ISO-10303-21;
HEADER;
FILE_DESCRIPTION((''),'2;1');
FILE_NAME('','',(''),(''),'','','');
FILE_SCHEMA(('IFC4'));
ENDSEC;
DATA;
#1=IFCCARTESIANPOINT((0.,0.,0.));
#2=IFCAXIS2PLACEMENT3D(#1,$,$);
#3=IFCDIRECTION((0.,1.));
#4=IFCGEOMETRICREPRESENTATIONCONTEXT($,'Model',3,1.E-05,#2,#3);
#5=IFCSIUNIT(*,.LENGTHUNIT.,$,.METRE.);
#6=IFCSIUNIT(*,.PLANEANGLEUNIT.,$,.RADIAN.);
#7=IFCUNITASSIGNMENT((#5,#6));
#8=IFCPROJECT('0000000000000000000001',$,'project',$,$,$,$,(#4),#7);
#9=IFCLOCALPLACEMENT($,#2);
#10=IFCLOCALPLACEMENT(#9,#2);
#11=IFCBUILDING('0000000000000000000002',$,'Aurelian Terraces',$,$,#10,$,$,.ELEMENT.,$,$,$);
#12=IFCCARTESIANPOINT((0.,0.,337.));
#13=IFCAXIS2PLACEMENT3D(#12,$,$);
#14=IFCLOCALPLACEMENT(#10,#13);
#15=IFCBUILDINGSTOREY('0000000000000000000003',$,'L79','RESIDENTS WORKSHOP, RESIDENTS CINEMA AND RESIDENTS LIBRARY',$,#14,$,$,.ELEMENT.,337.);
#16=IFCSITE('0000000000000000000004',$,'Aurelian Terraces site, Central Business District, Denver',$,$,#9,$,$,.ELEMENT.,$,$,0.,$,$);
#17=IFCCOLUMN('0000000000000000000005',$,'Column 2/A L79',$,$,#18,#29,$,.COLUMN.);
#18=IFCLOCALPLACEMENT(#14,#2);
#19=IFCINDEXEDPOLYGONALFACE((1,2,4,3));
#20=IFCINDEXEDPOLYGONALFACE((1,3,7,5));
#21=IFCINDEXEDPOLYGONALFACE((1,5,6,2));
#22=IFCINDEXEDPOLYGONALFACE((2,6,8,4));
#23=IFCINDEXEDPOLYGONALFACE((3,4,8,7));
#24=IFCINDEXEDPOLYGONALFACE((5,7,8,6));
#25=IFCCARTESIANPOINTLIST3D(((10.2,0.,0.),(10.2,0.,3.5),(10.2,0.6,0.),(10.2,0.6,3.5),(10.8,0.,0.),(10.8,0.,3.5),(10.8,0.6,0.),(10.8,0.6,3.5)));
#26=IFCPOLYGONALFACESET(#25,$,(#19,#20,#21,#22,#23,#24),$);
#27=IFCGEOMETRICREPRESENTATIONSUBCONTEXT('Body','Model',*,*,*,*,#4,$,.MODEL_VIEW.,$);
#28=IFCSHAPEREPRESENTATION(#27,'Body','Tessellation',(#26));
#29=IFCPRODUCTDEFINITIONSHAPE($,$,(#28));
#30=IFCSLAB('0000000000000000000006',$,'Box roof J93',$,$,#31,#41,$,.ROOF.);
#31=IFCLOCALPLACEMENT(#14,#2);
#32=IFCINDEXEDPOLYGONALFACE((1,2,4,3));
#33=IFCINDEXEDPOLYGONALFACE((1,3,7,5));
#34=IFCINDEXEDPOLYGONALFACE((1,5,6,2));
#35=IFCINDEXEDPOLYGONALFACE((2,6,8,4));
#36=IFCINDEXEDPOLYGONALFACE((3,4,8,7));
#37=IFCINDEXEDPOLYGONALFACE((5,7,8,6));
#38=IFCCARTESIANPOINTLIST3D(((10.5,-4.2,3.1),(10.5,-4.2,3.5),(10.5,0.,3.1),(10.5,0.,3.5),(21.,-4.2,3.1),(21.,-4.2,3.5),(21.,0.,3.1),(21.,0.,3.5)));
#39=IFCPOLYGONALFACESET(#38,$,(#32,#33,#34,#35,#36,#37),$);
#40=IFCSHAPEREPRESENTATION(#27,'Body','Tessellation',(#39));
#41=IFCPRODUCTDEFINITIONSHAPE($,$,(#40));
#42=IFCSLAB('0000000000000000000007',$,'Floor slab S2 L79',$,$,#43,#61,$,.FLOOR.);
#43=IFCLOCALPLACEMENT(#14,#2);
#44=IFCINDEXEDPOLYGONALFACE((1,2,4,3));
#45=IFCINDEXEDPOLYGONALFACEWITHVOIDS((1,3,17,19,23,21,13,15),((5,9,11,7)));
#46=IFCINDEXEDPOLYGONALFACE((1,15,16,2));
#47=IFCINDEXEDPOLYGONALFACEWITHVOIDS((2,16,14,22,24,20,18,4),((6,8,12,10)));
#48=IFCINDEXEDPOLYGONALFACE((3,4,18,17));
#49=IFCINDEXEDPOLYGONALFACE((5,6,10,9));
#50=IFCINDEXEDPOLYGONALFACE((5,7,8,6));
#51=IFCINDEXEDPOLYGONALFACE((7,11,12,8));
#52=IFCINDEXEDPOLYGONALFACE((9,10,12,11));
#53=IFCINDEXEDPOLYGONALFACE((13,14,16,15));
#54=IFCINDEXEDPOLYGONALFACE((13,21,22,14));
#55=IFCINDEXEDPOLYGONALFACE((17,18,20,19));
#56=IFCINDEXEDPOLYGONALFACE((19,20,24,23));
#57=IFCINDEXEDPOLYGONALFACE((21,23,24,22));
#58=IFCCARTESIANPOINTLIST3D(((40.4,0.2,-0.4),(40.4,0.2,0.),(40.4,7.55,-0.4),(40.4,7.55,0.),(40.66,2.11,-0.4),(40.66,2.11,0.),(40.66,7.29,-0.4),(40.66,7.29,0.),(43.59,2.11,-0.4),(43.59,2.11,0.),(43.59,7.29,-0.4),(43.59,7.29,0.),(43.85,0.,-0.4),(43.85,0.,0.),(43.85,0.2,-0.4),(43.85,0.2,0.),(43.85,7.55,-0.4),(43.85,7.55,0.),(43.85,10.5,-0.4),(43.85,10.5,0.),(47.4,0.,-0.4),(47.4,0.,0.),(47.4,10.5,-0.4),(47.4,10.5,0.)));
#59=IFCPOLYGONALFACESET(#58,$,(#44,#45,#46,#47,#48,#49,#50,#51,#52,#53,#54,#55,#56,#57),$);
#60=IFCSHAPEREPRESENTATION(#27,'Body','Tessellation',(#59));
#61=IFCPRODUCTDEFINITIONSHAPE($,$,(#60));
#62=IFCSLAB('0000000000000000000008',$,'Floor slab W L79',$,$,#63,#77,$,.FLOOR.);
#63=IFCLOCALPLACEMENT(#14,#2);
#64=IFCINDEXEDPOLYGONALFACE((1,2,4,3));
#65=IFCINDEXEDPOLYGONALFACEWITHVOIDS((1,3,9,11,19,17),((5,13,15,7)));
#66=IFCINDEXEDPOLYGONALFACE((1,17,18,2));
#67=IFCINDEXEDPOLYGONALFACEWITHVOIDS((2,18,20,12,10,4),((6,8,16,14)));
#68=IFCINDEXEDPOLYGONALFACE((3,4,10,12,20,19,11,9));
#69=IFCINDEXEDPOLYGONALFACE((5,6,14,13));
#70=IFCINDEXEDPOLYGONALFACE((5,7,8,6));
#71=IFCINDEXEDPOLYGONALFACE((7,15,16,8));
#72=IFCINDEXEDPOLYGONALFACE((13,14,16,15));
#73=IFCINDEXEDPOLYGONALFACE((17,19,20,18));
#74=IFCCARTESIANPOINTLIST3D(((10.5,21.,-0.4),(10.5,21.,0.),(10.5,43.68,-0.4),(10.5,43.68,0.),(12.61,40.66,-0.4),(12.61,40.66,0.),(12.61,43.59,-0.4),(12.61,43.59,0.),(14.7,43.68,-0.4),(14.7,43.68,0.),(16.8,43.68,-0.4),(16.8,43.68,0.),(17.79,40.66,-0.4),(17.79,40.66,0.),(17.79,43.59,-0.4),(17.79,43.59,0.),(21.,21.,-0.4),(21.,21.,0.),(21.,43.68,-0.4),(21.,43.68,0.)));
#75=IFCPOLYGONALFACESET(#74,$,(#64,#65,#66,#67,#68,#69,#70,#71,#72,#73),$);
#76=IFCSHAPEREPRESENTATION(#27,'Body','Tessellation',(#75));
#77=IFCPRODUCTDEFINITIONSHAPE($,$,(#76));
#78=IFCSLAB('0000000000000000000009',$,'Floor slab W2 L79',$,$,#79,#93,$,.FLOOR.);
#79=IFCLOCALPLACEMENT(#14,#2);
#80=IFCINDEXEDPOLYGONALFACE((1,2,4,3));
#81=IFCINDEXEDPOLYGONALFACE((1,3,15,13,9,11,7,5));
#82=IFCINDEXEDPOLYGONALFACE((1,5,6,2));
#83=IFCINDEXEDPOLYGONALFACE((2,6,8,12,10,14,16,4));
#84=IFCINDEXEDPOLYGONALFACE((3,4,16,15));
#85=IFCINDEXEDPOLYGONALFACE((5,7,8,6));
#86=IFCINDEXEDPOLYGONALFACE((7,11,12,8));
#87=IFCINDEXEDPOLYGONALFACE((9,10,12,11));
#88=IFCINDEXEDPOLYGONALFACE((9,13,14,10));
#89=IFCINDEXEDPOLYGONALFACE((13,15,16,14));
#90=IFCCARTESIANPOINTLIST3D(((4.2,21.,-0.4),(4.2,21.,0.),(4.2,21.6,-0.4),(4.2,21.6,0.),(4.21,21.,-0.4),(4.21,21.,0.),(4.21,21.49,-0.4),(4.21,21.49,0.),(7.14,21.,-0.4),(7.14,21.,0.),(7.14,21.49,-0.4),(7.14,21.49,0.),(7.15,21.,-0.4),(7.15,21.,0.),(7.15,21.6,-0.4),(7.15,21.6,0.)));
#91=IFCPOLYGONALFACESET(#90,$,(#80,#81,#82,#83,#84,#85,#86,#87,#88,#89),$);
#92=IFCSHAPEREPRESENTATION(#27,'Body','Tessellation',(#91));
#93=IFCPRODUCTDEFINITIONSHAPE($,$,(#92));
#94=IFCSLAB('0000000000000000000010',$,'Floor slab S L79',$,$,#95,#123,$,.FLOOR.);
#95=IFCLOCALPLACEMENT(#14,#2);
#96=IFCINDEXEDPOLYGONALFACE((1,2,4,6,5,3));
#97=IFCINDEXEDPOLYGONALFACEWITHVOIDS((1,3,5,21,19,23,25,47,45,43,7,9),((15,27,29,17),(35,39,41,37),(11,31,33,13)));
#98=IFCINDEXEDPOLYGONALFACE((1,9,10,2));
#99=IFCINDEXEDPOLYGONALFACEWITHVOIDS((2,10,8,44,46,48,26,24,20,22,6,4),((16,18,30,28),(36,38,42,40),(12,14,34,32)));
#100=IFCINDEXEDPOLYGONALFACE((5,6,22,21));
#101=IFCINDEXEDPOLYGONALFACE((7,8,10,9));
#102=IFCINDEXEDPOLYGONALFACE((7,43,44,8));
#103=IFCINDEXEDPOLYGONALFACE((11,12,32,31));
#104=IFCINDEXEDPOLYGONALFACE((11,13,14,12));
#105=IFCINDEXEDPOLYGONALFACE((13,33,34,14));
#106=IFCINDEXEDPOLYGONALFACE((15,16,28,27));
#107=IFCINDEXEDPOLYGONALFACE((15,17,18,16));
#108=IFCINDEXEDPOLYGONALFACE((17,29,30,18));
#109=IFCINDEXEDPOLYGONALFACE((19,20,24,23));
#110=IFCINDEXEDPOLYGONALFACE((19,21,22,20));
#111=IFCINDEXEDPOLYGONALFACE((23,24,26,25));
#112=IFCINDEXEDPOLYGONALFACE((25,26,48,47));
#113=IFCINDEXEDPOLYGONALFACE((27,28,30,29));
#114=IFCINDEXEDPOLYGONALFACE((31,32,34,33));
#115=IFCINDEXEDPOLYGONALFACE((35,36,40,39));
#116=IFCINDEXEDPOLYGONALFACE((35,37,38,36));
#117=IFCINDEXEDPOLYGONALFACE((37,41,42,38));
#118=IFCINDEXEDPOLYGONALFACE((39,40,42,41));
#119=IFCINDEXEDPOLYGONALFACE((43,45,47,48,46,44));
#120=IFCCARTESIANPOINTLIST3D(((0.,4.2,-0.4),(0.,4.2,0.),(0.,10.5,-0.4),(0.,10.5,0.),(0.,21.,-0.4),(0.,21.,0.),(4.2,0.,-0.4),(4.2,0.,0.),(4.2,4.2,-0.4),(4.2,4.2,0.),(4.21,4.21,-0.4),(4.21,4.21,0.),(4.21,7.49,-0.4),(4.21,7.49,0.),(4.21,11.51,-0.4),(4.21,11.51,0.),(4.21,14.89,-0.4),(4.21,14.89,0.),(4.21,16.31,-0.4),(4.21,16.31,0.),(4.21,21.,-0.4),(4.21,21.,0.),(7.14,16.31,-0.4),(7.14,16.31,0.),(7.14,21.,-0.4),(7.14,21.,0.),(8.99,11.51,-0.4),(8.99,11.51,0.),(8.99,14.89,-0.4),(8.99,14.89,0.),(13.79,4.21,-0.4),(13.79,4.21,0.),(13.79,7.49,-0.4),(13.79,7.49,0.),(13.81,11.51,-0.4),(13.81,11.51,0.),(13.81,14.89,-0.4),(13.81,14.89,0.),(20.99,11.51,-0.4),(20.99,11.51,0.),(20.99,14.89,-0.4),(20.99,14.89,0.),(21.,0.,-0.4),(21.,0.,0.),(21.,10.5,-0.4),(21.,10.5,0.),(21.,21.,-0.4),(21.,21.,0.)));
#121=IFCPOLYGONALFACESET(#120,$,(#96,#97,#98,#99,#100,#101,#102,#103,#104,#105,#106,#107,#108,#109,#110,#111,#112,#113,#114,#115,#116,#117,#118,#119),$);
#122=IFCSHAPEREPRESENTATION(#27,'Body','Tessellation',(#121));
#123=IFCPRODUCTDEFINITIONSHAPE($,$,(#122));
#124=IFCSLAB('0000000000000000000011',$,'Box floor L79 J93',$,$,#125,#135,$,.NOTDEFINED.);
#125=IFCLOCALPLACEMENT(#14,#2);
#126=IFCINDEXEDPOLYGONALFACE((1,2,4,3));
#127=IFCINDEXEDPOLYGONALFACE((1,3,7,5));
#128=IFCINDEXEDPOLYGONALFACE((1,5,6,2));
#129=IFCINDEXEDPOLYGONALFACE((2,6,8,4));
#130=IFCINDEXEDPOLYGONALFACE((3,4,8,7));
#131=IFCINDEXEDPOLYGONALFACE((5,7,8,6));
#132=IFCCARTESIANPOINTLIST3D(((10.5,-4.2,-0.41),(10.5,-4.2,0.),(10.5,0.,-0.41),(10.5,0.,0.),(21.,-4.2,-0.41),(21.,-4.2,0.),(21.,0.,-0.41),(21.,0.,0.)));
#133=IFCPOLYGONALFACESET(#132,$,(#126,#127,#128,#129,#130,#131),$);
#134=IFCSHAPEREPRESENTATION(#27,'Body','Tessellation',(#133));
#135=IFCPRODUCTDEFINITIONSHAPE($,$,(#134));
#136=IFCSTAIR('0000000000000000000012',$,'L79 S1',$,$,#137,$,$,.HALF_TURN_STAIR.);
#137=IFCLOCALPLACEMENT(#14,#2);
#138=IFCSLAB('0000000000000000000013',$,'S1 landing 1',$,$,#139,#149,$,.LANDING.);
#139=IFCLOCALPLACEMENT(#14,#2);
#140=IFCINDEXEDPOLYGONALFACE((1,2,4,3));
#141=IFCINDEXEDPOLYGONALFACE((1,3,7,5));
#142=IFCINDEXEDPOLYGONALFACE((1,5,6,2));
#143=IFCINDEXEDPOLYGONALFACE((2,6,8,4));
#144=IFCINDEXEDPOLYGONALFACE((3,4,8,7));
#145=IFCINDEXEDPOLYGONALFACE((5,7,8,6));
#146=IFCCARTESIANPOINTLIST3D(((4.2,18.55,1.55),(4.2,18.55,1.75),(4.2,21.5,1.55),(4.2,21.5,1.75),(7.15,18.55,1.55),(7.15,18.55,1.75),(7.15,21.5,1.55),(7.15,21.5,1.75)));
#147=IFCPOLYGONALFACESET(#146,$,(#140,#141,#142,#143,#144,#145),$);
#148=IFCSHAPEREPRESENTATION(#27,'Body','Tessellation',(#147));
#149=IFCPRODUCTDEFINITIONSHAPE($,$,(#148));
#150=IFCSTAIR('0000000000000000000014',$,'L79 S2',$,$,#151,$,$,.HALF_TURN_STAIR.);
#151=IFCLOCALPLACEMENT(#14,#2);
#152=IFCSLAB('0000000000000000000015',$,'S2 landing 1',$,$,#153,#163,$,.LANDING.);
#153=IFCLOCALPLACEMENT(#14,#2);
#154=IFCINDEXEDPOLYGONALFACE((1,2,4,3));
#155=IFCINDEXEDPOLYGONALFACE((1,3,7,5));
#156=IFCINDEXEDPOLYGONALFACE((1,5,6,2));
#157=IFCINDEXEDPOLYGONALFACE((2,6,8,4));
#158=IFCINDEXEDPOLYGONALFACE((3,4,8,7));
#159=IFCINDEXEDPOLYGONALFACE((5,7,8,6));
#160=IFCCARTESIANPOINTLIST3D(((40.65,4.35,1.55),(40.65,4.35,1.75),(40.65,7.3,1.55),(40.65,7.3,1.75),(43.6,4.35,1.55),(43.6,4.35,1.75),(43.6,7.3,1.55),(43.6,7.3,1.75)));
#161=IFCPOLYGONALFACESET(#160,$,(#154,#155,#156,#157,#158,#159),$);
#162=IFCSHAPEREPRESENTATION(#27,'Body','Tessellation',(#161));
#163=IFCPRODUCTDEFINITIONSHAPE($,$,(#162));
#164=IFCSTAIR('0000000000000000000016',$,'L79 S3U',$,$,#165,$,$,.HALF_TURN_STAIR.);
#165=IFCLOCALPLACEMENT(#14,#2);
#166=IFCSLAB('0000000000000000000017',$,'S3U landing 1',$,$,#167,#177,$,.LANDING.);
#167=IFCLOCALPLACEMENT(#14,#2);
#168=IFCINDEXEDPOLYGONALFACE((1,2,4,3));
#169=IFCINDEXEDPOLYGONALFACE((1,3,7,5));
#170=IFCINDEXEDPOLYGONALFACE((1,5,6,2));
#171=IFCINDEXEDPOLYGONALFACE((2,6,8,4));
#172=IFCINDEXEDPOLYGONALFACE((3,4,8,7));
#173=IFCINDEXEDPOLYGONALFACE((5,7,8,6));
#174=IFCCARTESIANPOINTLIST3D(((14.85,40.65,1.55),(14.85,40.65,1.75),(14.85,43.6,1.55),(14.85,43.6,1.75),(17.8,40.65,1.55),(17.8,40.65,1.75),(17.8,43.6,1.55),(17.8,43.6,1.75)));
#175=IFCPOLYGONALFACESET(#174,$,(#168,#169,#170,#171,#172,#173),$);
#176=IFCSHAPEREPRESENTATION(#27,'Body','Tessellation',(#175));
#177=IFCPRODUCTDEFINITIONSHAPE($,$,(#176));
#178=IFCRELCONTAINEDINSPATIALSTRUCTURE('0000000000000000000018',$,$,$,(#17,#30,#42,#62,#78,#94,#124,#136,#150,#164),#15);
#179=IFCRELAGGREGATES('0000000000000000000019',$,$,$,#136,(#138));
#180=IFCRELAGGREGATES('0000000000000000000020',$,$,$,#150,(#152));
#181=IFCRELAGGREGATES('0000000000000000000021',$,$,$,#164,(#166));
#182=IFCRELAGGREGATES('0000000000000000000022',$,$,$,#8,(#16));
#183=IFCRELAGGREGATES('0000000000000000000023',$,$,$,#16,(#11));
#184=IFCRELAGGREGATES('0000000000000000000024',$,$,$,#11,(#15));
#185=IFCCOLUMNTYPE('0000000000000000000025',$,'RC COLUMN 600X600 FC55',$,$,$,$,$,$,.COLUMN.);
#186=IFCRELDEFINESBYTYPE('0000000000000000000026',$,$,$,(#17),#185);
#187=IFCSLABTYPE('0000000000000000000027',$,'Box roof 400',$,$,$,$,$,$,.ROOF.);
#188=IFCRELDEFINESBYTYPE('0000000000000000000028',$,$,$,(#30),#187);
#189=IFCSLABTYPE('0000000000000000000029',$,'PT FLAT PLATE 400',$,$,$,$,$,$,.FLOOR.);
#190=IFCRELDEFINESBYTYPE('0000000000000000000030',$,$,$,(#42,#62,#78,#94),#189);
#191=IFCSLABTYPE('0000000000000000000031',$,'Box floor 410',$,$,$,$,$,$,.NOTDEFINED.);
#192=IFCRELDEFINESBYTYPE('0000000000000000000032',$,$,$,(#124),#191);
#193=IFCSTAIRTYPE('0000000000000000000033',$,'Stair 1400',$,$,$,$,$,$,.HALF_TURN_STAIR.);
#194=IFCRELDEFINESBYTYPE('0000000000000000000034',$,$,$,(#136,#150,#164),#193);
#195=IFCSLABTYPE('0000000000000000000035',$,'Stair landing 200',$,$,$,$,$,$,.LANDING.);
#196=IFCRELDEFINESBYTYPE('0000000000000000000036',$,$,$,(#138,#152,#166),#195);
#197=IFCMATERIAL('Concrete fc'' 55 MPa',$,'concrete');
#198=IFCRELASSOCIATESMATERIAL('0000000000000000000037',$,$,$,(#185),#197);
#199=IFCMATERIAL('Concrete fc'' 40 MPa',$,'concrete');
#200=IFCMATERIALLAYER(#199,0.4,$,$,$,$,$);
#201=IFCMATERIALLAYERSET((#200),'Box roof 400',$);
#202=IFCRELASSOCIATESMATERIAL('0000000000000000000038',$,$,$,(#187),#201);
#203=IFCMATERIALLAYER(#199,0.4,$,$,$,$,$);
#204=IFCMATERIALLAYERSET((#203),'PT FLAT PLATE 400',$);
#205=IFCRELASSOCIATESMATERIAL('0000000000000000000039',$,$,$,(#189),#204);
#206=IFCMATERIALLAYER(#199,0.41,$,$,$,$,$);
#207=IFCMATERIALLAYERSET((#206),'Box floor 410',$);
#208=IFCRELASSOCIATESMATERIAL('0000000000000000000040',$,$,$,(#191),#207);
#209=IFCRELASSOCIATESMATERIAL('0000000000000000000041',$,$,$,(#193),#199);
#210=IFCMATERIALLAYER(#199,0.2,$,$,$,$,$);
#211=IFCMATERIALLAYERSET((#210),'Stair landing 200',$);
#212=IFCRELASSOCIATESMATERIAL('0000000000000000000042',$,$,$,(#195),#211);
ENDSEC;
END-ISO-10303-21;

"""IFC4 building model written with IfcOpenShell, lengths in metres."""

from ifc_helpers import new_model, si_unit, direction, frame, origin, origin_2d, place, context, subcontext, project, spatial, polyline, rectangle, outline, extrude, source, transform, mapped, material, layer, layer_set, material_profile, profile_set, type_object, element, aggregate, save


model = new_model("IFC4")

# Units and contexts
model_context = context("Model", 3, precision=1e-05, world=origin(), true_north=direction((0.0, 1.0)))
body_context = subcontext(model_context, "Body", "Model", "MODEL_VIEW")
ifc_project = project(units=[si_unit("LENGTHUNIT", "METRE"), si_unit("PLANEANGLEUNIT", "RADIAN")], contexts=[model_context])

# Site, building, storey
site_placement = place(None, origin())
site = spatial("IfcSite", under=ifc_project, at=site_placement, Name="Aurelian Terraces site, Central Business District, Denver", CompositionType="ELEMENT", RefElevation=0.0)
building_placement = place(site_placement, origin())
building = spatial("IfcBuilding", under=site, at=building_placement, Name="Aurelian Terraces", CompositionType="ELEMENT")
storey_placement = place(building_placement, frame((0.0, 0.0, 337.0)))
storey = spatial("IfcBuildingStorey", under=building, at=storey_placement, Name="L79", Description="RESIDENTS WORKSHOP, RESIDENTS CINEMA AND RESIDENTS LIBRARY", CompositionType="ELEMENT", Elevation=337.0)

# Column
ifc_material_1 = material(Name="Concrete fc' 55 MPa", Category="concrete")
ifc_material_profile = material_profile(ifc_material_1, rectangle(XDim=0.6, YDim=0.6, at=origin_2d()))
ifc_profile_set = profile_set([ifc_material_profile], Name="Concrete fc' 55 MPa")
column_type = type_object("IfcColumnType", Name="RC COLUMN 600X600 FC55", PredefinedType="COLUMN", material=ifc_profile_set)
shared_shape_1 = source(origin(), body_context, "Body", "SweptSolid", [
    extrude(rectangle(XDim=0.6, YDim=0.6, at=origin_2d()), origin(), (0.0, 0.0, 1.0), 3.5),
])
column_placement = place(storey_placement, frame((10.5, 0.3, 0.0), z_axis=(0.0, 0.0, 1.0), x_axis=(1.0, 0.0, 0.0)))
element("IfcColumn", 1, at=column_placement, inside=storey, type_object=column_type, Name="Column 2/A L79", PredefinedType="COLUMN", context=body_context, shape_type="MappedRepresentation", body=[
    mapped(shared_shape_1, transform((0.0, 0.0, 0.0), scale=1.0)),
])

# Slabs
ifc_material_2 = material(Name="Concrete fc' 40 MPa", Category="concrete")
ifc_layer_1 = layer(ifc_material_2, 0.4)
ifc_layer_set_1 = layer_set([ifc_layer_1], Name="Box roof 400")
slab_type_1 = type_object("IfcSlabType", Name="Box roof 400", PredefinedType="ROOF", material=ifc_layer_set_1)
slab_1_placement = place(storey_placement, frame((0.0, 0.0, 3.1)))
element("IfcSlab", 2, at=slab_1_placement, inside=storey, type_object=slab_type_1, Name="Box roof J93", PredefinedType="ROOF", context=body_context, shape_type="SweptSolid", body=[
    extrude(outline(polyline([(10.5, -4.2), (21.0, -4.2), (21.0, 0.0), (10.5, 0.0), (10.5, -4.2)])), origin(), (0.0, 0.0, 1.0), 0.4),
])
ifc_layer_2 = layer(ifc_material_2, 0.4)
ifc_layer_set_2 = layer_set([ifc_layer_2], Name="PT FLAT PLATE 400")
slab_type_2 = type_object("IfcSlabType", Name="PT FLAT PLATE 400", PredefinedType="FLOOR", material=ifc_layer_set_2)
slab_2_placement = place(storey_placement, frame((0.0, 0.0, -0.4)))
element("IfcSlab", 3, at=slab_2_placement, inside=storey, type_object=slab_type_2, Name="Floor slab S2 L79", PredefinedType="FLOOR", context=body_context, shape_type="SweptSolid", body=[
    extrude(outline(polyline([(43.85, 7.55), (43.85, 10.5), (47.4, 10.5), (47.4, 0.0), (43.85, 0.0), (43.85, 0.2), (40.4, 0.2), (40.4, 7.55), (43.85, 7.55)]), holes=[polyline([(40.66, 2.11), (43.59, 2.11), (43.59, 7.29), (40.66, 7.29), (40.66, 2.11)])]), origin(), (0.0, 0.0, 1.0), 0.4),
])
shared_shape_2 = source(origin(), body_context, "Body", "SweptSolid", [
    extrude(outline(polyline([(10.5, 43.68), (14.7, 43.68), (16.8, 43.68), (21.0, 43.68), (21.0, 21.0), (10.5, 21.0), (10.5, 43.68)]), holes=[polyline([(17.79, 43.59), (12.61, 43.59), (12.61, 40.66), (17.79, 40.66), (17.79, 43.59)])]), origin(), (0.0, 0.0, 1.0), 0.4),
])
slab_3_placement = place(storey_placement, frame((0.0, 0.0, -0.4)))
element("IfcSlab", 4, at=slab_3_placement, inside=storey, type_object=slab_type_2, Name="Floor slab W L79", PredefinedType="FLOOR", context=body_context, shape_type="MappedRepresentation", body=[
    mapped(shared_shape_2, transform((0.0, 0.0, 0.0), scale=1.0)),
])
shared_shape_3 = source(origin(), body_context, "Body", "SweptSolid", [
    extrude(outline(polyline([(4.2, 21.0), (4.2, 21.6), (7.15, 21.6), (7.15, 21.0), (7.14, 21.0), (7.14, 21.49), (4.21, 21.49), (4.21, 21.0), (4.2, 21.0)])), origin(), (0.0, 0.0, 1.0), 0.4),
])
slab_4_placement = place(storey_placement, frame((0.0, 0.0, -0.4)))
element("IfcSlab", 5, at=slab_4_placement, inside=storey, type_object=slab_type_2, Name="Floor slab W2 L79", PredefinedType="FLOOR", context=body_context, shape_type="MappedRepresentation", body=[
    mapped(shared_shape_3, transform((0.0, 0.0, 0.0), scale=1.0)),
])
shared_shape_4 = source(origin(), body_context, "Body", "SweptSolid", [
    extrude(outline(polyline([(0.0, 4.2), (0.0, 10.5), (0.0, 21.0), (4.21, 21.0), (4.21, 16.31), (7.14, 16.31), (7.14, 21.0), (21.0, 21.0), (21.0, 10.5), (21.0, 0.0), (4.2, 0.0), (4.2, 4.2), (0.0, 4.2)]), holes=[polyline([(13.81, 14.89), (13.81, 11.51), (20.99, 11.51), (20.99, 14.89), (13.81, 14.89)]), polyline([(4.21, 7.49), (4.21, 4.21), (13.79, 4.21), (13.79, 7.49), (4.21, 7.49)]), polyline([(8.99, 11.51), (8.99, 14.89), (4.21, 14.89), (4.21, 11.51), (8.99, 11.51)])]), origin(), (0.0, 0.0, 1.0), 0.4),
])
slab_5_placement = place(storey_placement, frame((0.0, 0.0, -0.4)))
element("IfcSlab", 6, at=slab_5_placement, inside=storey, type_object=slab_type_2, Name="Floor slab S L79", PredefinedType="FLOOR", context=body_context, shape_type="MappedRepresentation", body=[
    mapped(shared_shape_4, transform((0.0, 0.0, 0.0), scale=1.0)),
])
ifc_layer_3 = layer(ifc_material_2, 0.41)
ifc_layer_set_3 = layer_set([ifc_layer_3], Name="Box floor 410")
slab_type_3 = type_object("IfcSlabType", Name="Box floor 410", PredefinedType="NOTDEFINED", material=ifc_layer_set_3)
shared_shape_5 = source(origin(), body_context, "Body", "SweptSolid", [
    extrude(outline(polyline([(10.5, -4.2), (21.0, -4.2), (21.0, 0.0), (10.5, 0.0), (10.5, -4.2)])), origin(), (0.0, 0.0, 1.0), 0.41),
])
slab_6_placement = place(storey_placement, frame((0.0, 0.0, -0.41)))
element("IfcSlab", 7, at=slab_6_placement, inside=storey, type_object=slab_type_3, Name="Box floor L79 J93", PredefinedType="NOTDEFINED", context=body_context, shape_type="MappedRepresentation", body=[
    mapped(shared_shape_5, transform((0.0, 0.0, 0.0), scale=1.0)),
])

# Stairs, slabs
stair_type = type_object("IfcStairType", Name="Stair 1400", PredefinedType="HALF_TURN_STAIR", material=ifc_material_2)
stair_1_placement = place(storey_placement, origin())
stair_1 = element("IfcStair", 8, at=stair_1_placement, inside=storey, type_object=stair_type, Name="L79 S1", PredefinedType="HALF_TURN_STAIR")
ifc_layer_4 = layer(ifc_material_2, 0.2)
ifc_layer_set_4 = layer_set([ifc_layer_4], Name="Stair landing 200")
slab_type_4 = type_object("IfcSlabType", Name="Stair landing 200", PredefinedType="LANDING", material=ifc_layer_set_4)
shared_shape_6 = source(origin(), body_context, "Body", "SweptSolid", [
    extrude(outline(polyline([(7.15, 18.55), (7.15, 21.5), (4.2, 21.5), (4.2, 18.55), (7.15, 18.55)])), origin(), (0.0, 0.0, 1.0), 0.2),
])
slab_7_placement = place(storey_placement, frame((0.0, 0.0, 1.55)))
slab_7 = element("IfcSlab", 9, at=slab_7_placement, type_object=slab_type_4, Name="S1 landing 1", PredefinedType="LANDING", context=body_context, shape_type="MappedRepresentation", body=[
    mapped(shared_shape_6, transform((0.0, 0.0, 0.0), scale=1.0)),
])
aggregate(stair_1, [slab_7])
stair_2_placement = place(storey_placement, origin())
stair_2 = element("IfcStair", 10, at=stair_2_placement, inside=storey, type_object=stair_type, Name="L79 S2", PredefinedType="HALF_TURN_STAIR")
shared_shape_7 = source(origin(), body_context, "Body", "SweptSolid", [
    extrude(outline(polyline([(43.6, 4.35), (43.6, 7.3), (40.65, 7.3), (40.65, 4.35), (43.6, 4.35)])), origin(), (0.0, 0.0, 1.0), 0.2),
])
slab_8_placement = place(storey_placement, frame((0.0, 0.0, 1.55)))
slab_8 = element("IfcSlab", 11, at=slab_8_placement, type_object=slab_type_4, Name="S2 landing 1", PredefinedType="LANDING", context=body_context, shape_type="MappedRepresentation", body=[
    mapped(shared_shape_7, transform((0.0, 0.0, 0.0), scale=1.0)),
])
aggregate(stair_2, [slab_8])
stair_3_placement = place(storey_placement, origin())
stair_3 = element("IfcStair", 12, at=stair_3_placement, inside=storey, type_object=stair_type, Name="L79 S3U", PredefinedType="HALF_TURN_STAIR")
shared_shape_8 = source(origin(), body_context, "Body", "SweptSolid", [
    extrude(outline(polyline([(14.85, 40.65), (17.8, 40.65), (17.8, 43.6), (14.85, 43.6), (14.85, 40.65)])), origin(), (0.0, 0.0, 1.0), 0.2),
])
slab_9_placement = place(storey_placement, frame((0.0, 0.0, 1.55)))
slab_9 = element("IfcSlab", 13, at=slab_9_placement, type_object=slab_type_4, Name="S3U landing 1", PredefinedType="LANDING", context=body_context, shape_type="MappedRepresentation", body=[
    mapped(shared_shape_8, transform((0.0, 0.0, 0.0), scale=1.0)),
])
aggregate(stair_3, [slab_9])

save(model, "model.ifc")
